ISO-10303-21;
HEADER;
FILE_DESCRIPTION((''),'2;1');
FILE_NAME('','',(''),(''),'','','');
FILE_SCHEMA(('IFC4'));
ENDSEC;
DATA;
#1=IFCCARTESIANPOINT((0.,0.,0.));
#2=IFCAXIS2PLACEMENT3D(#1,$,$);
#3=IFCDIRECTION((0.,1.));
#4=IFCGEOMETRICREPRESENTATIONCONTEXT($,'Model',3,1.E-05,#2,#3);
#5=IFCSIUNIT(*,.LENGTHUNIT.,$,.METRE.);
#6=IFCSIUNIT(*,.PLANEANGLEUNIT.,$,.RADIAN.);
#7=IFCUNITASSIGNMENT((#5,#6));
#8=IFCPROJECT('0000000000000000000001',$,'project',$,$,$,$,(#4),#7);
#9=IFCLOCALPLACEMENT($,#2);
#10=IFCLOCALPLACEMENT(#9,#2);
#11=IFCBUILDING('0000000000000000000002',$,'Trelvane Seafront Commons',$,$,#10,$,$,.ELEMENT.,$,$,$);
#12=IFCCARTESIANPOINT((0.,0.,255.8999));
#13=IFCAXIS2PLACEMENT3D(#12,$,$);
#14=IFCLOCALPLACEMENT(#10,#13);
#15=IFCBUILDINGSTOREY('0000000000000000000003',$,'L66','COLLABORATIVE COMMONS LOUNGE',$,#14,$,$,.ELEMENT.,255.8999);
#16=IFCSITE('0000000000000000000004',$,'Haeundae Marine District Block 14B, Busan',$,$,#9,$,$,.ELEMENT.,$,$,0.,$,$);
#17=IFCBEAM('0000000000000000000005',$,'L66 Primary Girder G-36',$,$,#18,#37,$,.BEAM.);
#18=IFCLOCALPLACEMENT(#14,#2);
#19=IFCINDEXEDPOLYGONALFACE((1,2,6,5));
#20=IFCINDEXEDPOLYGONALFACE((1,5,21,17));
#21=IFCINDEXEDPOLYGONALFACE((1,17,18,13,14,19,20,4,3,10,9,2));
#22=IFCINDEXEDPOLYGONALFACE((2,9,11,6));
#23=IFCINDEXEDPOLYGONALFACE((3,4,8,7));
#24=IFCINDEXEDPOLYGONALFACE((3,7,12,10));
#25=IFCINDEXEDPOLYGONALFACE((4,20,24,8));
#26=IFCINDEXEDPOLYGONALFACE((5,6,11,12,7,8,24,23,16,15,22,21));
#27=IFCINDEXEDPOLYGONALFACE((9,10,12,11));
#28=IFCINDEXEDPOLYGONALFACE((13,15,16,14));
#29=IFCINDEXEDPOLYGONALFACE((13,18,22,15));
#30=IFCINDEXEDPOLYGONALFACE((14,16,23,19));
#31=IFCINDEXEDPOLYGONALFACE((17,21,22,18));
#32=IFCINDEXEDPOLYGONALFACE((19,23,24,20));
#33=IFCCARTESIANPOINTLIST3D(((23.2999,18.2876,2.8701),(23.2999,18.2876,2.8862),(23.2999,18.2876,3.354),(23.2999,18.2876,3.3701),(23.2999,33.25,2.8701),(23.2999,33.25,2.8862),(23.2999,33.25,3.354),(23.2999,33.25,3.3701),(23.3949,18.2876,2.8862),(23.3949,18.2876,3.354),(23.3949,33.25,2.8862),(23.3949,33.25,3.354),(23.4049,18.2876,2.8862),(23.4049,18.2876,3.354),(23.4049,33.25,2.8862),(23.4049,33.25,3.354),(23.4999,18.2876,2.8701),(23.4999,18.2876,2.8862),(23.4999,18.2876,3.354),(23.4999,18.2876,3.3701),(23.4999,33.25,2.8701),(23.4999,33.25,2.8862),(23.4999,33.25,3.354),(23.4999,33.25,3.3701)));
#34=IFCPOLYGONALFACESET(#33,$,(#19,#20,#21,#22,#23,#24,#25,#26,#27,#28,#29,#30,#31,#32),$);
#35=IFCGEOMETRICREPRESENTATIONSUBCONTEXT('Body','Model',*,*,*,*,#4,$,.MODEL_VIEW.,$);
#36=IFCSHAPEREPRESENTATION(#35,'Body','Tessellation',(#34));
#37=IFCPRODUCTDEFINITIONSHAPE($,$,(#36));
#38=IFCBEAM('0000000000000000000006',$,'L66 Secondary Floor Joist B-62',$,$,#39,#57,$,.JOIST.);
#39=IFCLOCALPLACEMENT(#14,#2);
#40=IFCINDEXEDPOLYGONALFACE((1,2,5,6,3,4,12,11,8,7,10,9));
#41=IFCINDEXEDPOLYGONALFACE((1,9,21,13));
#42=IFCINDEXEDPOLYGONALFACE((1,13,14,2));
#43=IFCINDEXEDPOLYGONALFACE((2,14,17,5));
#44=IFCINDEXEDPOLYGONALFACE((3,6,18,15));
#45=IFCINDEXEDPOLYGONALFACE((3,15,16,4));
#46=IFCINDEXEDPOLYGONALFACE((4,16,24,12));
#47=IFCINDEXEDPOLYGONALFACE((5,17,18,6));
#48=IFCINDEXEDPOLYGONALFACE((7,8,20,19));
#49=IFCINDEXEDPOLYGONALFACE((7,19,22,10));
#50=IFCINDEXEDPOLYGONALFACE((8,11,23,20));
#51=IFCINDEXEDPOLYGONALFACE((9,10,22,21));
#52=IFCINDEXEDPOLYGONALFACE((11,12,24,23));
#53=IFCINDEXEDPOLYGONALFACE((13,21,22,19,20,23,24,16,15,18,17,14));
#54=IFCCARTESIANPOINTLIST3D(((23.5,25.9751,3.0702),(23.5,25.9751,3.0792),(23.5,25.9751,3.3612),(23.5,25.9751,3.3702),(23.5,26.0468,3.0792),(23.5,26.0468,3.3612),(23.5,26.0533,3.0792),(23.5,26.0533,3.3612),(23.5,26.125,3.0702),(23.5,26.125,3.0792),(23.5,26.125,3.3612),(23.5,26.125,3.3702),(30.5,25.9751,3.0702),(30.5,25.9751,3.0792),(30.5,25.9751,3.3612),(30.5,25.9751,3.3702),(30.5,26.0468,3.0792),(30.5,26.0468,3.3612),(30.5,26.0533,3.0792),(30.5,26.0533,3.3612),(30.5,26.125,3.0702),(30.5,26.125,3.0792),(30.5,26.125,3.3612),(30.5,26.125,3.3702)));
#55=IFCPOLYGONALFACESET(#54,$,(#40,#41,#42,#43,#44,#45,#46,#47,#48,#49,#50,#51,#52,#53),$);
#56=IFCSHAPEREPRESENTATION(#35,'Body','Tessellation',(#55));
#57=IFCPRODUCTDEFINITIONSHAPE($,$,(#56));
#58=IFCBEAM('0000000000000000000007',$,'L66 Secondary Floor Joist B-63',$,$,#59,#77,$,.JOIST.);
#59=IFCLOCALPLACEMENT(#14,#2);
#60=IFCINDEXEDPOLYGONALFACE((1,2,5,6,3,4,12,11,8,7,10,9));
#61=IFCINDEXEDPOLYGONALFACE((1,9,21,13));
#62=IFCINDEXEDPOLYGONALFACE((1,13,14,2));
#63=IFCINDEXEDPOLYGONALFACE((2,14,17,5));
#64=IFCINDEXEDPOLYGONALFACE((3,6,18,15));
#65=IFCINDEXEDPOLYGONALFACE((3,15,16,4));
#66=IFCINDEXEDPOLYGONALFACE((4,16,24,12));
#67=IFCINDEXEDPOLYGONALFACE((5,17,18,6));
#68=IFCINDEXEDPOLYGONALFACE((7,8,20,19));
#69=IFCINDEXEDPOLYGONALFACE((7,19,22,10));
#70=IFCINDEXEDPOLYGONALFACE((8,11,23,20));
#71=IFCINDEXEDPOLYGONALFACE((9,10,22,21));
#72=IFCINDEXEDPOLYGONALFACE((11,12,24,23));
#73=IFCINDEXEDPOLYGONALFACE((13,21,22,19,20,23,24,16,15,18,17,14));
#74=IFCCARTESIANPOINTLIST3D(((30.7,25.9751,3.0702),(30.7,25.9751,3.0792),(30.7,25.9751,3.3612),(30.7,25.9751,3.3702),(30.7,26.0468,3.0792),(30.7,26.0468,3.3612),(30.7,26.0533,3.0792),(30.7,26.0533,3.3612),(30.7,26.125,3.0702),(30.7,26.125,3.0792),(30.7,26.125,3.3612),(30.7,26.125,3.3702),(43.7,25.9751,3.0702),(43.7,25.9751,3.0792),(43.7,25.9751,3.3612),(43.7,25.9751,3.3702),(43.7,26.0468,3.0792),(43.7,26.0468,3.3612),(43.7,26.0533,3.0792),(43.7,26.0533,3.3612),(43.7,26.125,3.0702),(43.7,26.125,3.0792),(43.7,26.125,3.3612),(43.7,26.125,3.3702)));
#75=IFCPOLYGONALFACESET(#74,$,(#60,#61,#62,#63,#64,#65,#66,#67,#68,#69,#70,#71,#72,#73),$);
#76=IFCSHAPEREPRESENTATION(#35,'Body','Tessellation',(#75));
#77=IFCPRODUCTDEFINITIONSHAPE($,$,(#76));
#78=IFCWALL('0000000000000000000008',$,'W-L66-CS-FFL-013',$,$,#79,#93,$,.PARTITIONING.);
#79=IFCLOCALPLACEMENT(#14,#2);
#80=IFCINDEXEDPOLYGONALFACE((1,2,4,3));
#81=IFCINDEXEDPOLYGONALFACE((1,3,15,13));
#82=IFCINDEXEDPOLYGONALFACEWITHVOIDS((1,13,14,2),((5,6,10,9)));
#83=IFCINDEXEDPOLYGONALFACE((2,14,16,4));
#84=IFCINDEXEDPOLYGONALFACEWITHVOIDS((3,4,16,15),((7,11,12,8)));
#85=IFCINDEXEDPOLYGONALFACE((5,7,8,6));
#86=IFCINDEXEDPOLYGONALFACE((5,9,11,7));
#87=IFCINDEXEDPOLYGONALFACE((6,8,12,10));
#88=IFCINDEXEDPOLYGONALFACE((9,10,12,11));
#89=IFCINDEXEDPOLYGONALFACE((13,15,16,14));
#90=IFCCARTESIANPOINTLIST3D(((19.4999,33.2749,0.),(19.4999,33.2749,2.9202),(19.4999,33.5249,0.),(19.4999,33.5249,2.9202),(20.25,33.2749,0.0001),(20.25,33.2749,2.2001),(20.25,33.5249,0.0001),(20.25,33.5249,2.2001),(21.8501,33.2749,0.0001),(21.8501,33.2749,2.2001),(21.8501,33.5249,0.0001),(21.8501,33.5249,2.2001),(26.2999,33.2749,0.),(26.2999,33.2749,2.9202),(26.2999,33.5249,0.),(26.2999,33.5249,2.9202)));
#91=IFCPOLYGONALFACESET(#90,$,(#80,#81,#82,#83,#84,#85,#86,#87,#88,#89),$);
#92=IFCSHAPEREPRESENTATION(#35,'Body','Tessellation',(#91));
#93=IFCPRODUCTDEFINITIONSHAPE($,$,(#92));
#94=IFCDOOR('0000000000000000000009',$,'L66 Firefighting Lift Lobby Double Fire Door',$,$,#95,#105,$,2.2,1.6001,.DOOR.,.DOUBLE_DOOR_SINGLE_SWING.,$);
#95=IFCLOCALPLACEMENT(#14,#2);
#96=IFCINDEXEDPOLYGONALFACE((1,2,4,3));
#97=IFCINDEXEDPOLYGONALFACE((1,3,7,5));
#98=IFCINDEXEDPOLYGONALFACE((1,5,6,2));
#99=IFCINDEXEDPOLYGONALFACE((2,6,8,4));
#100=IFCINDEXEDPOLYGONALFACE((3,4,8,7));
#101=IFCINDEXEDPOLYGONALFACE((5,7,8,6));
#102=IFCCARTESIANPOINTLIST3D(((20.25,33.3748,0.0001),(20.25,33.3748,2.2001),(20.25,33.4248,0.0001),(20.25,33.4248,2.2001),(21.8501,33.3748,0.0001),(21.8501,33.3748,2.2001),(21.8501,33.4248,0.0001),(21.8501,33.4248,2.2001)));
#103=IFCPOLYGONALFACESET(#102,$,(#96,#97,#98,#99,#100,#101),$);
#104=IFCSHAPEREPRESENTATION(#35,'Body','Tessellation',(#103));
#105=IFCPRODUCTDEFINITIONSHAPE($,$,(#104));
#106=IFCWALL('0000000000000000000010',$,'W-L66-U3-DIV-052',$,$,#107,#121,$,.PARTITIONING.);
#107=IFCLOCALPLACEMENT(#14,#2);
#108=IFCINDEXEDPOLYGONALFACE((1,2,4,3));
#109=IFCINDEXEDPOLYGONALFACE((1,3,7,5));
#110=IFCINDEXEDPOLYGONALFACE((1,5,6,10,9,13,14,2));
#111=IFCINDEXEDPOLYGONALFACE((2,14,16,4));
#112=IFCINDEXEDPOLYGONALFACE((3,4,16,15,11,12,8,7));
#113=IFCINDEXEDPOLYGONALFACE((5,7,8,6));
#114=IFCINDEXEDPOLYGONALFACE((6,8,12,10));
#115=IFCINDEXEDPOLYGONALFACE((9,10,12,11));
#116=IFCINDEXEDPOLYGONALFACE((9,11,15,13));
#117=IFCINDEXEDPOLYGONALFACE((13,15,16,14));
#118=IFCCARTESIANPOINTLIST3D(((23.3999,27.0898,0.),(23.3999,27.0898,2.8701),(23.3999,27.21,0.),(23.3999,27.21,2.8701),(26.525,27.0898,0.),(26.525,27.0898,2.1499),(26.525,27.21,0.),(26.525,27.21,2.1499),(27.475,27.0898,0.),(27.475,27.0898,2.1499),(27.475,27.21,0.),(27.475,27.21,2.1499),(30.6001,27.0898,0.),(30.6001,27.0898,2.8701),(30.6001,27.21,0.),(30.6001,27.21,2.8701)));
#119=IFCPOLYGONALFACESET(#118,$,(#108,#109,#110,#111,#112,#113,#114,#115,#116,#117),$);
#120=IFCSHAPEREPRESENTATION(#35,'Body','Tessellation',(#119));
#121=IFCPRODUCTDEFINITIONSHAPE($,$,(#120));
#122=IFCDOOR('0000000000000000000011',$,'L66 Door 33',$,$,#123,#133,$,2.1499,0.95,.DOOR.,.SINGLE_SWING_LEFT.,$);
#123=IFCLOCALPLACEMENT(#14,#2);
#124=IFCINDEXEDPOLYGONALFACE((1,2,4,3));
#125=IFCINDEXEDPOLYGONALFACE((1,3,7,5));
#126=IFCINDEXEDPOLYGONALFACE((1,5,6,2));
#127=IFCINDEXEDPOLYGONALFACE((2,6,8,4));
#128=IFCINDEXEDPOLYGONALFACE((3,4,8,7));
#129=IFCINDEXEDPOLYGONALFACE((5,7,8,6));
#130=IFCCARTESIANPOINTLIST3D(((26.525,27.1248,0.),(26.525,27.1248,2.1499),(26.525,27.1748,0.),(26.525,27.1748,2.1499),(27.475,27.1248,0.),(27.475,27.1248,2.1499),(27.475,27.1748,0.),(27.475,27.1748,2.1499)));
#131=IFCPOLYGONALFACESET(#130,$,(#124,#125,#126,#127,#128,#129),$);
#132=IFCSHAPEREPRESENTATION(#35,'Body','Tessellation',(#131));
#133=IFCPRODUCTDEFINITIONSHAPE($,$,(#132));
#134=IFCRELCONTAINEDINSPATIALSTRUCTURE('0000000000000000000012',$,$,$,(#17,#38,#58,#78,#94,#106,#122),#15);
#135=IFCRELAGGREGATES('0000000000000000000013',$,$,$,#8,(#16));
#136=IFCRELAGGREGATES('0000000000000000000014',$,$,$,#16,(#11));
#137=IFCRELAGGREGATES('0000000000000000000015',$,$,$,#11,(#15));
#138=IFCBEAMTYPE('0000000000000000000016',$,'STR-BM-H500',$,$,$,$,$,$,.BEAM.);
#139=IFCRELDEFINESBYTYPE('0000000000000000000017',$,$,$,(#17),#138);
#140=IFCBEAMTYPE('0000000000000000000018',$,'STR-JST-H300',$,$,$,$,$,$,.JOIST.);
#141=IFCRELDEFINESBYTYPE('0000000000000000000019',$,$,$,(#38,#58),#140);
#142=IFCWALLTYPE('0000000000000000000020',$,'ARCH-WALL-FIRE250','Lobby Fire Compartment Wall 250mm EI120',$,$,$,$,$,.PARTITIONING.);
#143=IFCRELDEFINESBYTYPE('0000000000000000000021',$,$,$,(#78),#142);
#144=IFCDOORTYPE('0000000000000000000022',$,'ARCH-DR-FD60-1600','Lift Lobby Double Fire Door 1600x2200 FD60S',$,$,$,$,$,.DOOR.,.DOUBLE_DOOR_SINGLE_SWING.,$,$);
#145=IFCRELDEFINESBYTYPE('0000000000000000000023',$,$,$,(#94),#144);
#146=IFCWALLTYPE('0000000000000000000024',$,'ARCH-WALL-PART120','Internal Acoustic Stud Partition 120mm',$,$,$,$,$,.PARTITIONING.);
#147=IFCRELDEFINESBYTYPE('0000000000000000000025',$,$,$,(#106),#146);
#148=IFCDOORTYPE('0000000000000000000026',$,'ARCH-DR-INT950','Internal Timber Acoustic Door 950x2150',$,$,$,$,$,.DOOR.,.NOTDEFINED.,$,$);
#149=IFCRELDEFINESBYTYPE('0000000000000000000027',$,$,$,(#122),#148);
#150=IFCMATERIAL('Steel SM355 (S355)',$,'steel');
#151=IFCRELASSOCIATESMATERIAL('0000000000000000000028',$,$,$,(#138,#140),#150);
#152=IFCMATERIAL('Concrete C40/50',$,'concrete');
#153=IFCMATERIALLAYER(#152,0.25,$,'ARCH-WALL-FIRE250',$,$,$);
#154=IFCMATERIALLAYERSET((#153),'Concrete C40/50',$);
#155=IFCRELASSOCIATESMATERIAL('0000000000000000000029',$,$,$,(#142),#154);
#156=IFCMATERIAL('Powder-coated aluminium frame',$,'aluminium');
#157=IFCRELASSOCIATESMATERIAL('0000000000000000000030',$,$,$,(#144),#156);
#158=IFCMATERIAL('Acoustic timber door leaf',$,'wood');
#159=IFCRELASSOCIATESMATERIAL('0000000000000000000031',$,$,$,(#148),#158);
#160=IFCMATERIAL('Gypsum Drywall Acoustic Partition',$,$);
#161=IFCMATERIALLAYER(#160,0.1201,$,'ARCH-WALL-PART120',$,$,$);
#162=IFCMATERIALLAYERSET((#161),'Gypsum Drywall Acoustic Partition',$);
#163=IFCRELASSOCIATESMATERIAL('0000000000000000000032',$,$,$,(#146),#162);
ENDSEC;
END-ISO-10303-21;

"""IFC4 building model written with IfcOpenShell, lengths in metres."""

from ifc_helpers import new_model, si_unit, direction, frame, frame_2d, origin, origin_2d, place, context, subcontext, project, spatial, rectangle, i_section, extrude, source, transform, mapped, material, layer, layer_set, material_profile, profile_set, type_object, element, fill, save


model = new_model("IFC4")

# Units and contexts
model_context = context("Model", 3, precision=1e-05, world=origin(), true_north=direction((0.0, 1.0)))
body_context = subcontext(model_context, "Body", "Model", "MODEL_VIEW")
ifc_project = project(units=[si_unit("LENGTHUNIT", "METRE"), si_unit("PLANEANGLEUNIT", "RADIAN")], contexts=[model_context])

# Site, building, storey
site_placement = place(None, origin())
site = spatial("IfcSite", under=ifc_project, at=site_placement, Name="Haeundae Marine District Block 14B, Busan", CompositionType="ELEMENT", RefElevation=0.0)
building_placement = place(site_placement, origin())
building = spatial("IfcBuilding", under=site, at=building_placement, Name="Trelvane Seafront Commons", CompositionType="ELEMENT")
storey_placement = place(building_placement, frame((0.0, 0.0, 255.8999)))
storey = spatial("IfcBuildingStorey", under=building, at=storey_placement, Name="L66", Description="COLLABORATIVE COMMONS LOUNGE", CompositionType="ELEMENT", Elevation=255.8999)

# Shared definitions
ifc_material_1 = material(Name="Steel SM355 (S355)", Category="steel")

# Beams
ifc_material_profile_1 = material_profile(ifc_material_1, i_section(OverallWidth=0.2, OverallDepth=0.5, WebThickness=0.01, FlangeThickness=0.0161, at=origin_2d()), Name="H-500x200x10x16")
ifc_profile_set_1 = profile_set([ifc_material_profile_1], Name="Steel SM355 (S355)")
beam_type_1 = type_object("IfcBeamType", Name="STR-BM-H500", PredefinedType="BEAM", material=ifc_profile_set_1)
shared_shape_1 = source(origin(), body_context, "Body", "SweptSolid", [
    extrude(i_section(OverallWidth=0.2, OverallDepth=0.5, WebThickness=0.01, FlangeThickness=0.0161, at=origin_2d()), origin(), (0.0, 0.0, 1.0), 14.9624),
])
beam_1_placement = place(storey_placement, frame((23.3999, 18.2876, 3.1201), z_axis=(0.0, 1.0, 0.0), x_axis=(-1.0, 0.0, 0.0)))
element("IfcBeam", 1, at=beam_1_placement, inside=storey, type_object=beam_type_1, Name="L66 Primary Girder G-36", PredefinedType="BEAM", context=body_context, shape_type="MappedRepresentation", body=[
    mapped(shared_shape_1, transform((0.0, 0.0, 0.0), x_axis=(1.0, 0.0, 0.0), y_axis=(0.0, 1.0, 0.0), z_axis=(0.0, 0.0, 1.0), scale=1.0)),
])
ifc_material_profile_2 = material_profile(ifc_material_1, i_section(OverallWidth=0.1499, OverallDepth=0.3, WebThickness=0.0066, FlangeThickness=0.009, at=origin_2d()), Name="H-300x150x6.5x9")
ifc_profile_set_2 = profile_set([ifc_material_profile_2], Name="Steel SM355 (S355)")
beam_type_2 = type_object("IfcBeamType", Name="STR-JST-H300", PredefinedType="JOIST", material=ifc_profile_set_2)
shared_shape_2 = source(origin(), body_context, "Body", "SweptSolid", [
    extrude(i_section(OverallWidth=0.1499, OverallDepth=0.3, WebThickness=0.0066, FlangeThickness=0.009, at=origin_2d()), origin(), (0.0, 0.0, 1.0), 7.0),
])
beam_2_placement = place(storey_placement, frame((23.5, 26.05, 3.2202), z_axis=(1.0, 0.0, 0.0), x_axis=(0.0, 1.0, 0.0)))
element("IfcBeam", 2, at=beam_2_placement, inside=storey, type_object=beam_type_2, Name="L66 Secondary Floor Joist B-62", PredefinedType="JOIST", context=body_context, shape_type="MappedRepresentation", body=[
    mapped(shared_shape_2, transform((0.0, 0.0, 0.0), x_axis=(1.0, 0.0, 0.0), y_axis=(0.0, 1.0, 0.0), z_axis=(0.0, 0.0, 1.0), scale=1.0)),
])
shared_shape_3 = source(origin(), body_context, "Body", "SweptSolid", [
    extrude(i_section(OverallWidth=0.1499, OverallDepth=0.3, WebThickness=0.0066, FlangeThickness=0.009, at=origin_2d()), origin(), (0.0, 0.0, 1.0), 13.0),
])
beam_3_placement = place(storey_placement, frame((30.7, 26.05, 3.2202), z_axis=(1.0, 0.0, 0.0), x_axis=(0.0, 1.0, 0.0)))
element("IfcBeam", 3, at=beam_3_placement, inside=storey, type_object=beam_type_2, Name="L66 Secondary Floor Joist B-63", PredefinedType="JOIST", context=body_context, shape_type="MappedRepresentation", body=[
    mapped(shared_shape_3, transform((0.0, 0.0, 0.0), x_axis=(1.0, 0.0, 0.0), y_axis=(0.0, 1.0, 0.0), z_axis=(0.0, 0.0, 1.0), scale=1.0)),
])

# Walls, openings, doors
ifc_material_2 = material(Name="Concrete C40/50", Category="concrete")
ifc_layer_1 = layer(ifc_material_2, 0.25, Name="ARCH-WALL-FIRE250")
ifc_layer_set_1 = layer_set([ifc_layer_1], Name="Concrete C40/50")
wall_type_1 = type_object("IfcWallType", Name="ARCH-WALL-FIRE250", Description="Lobby Fire Compartment Wall 250mm EI120", PredefinedType="PARTITIONING", material=ifc_layer_set_1)
wall_1_placement = place(storey_placement, frame((19.5, 33.3999, 0.0), z_axis=(0.0, 0.0, 1.0), x_axis=(1.0, 0.0, 0.0)))
wall_1 = element("IfcWall", 4, at=wall_1_placement, inside=storey, type_object=wall_type_1, Name="W-L66-CS-FFL-013", PredefinedType="PARTITIONING", context=body_context, shape_type="SweptSolid", body=[
    extrude(rectangle(XDim=6.8, YDim=0.25, at=frame_2d((3.3999, 0.0))), origin(), (0.0, 0.0, 1.0), 2.9202),
])
opening_1_placement = place(wall_1_placement, frame((0.75, 0.0, 0.0)))
opening_1 = element("IfcOpeningElement", 5, at=opening_1_placement, cuts=wall_1, PredefinedType="OPENING", context=body_context, shape_type="SweptSolid", body=[
    extrude(rectangle(XDim=1.6001, YDim=2.2, at=frame_2d((0.8, 1.1001))), frame((0.0, 0.135, 0.0), z_axis=(0.0, -1.0, 0.0), x_axis=(1.0, 0.0, 0.0)), (0.0, 0.0, 1.0), 0.27),
])
ifc_material_3 = material(Name="Powder-coated aluminium frame", Category="aluminium")
door_type_1 = type_object("IfcDoorType", Name="ARCH-DR-FD60-1600", Description="Lift Lobby Double Fire Door 1600x2200 FD60S", OperationType="DOUBLE_DOOR_SINGLE_SWING", PredefinedType="DOOR", material=ifc_material_3)
shared_shape_4 = source(origin(), body_context, "Body", "SweptSolid", [
    extrude(rectangle(XDim=1.6001, YDim=2.2, at=frame_2d((0.8, 1.1001))), frame((0.0, 0.0249, 0.0), z_axis=(0.0, -1.0, 0.0), x_axis=(1.0, 0.0, 0.0)), (0.0, 0.0, 1.0), 0.05),
])
door_1_placement = place(opening_1_placement, origin())
door_1 = element("IfcDoor", 6, at=door_1_placement, inside=storey, type_object=door_type_1, Name="L66 Firefighting Lift Lobby Double Fire Door", OperationType="DOUBLE_DOOR_SINGLE_SWING", OverallHeight=2.2, OverallWidth=1.6001, PredefinedType="DOOR", context=body_context, shape_type="MappedRepresentation", body=[
    mapped(shared_shape_4, transform((0.0, 0.0, 0.0), x_axis=(1.0, 0.0, 0.0), y_axis=(0.0, 1.0, 0.0), z_axis=(0.0, 0.0, 1.0), scale=1.0)),
])
fill(opening_1, door_1)
ifc_material_4 = material(Name="Acoustic timber door leaf", Category="wood")
door_type_2 = type_object("IfcDoorType", Name="ARCH-DR-INT950", Description="Internal Timber Acoustic Door 950x2150", OperationType="NOTDEFINED", PredefinedType="DOOR", material=ifc_material_4)
shared_shape_5 = source(origin(), body_context, "Body", "SweptSolid", [
    extrude(rectangle(XDim=0.95, YDim=2.1499, at=frame_2d((0.4751, 1.075))), frame((0.0, 0.0249, 0.0), z_axis=(0.0, -1.0, 0.0), x_axis=(1.0, 0.0, 0.0)), (0.0, 0.0, 1.0), 0.05),
])
ifc_material_5 = material(Name="Gypsum Drywall Acoustic Partition")
ifc_layer_2 = layer(ifc_material_5, 0.1201, Name="ARCH-WALL-PART120")
ifc_layer_set_2 = layer_set([ifc_layer_2], Name="Gypsum Drywall Acoustic Partition")
wall_type_2 = type_object("IfcWallType", Name="ARCH-WALL-PART120", Description="Internal Acoustic Stud Partition 120mm", PredefinedType="PARTITIONING", material=ifc_layer_set_2)
wall_2_placement = place(storey_placement, frame((23.3999, 27.1499, 0.0), z_axis=(0.0, 0.0, 1.0), x_axis=(1.0, 0.0, 0.0)))
wall_2 = element("IfcWall", 7, at=wall_2_placement, inside=storey, type_object=wall_type_2, Name="W-L66-U3-DIV-052", PredefinedType="PARTITIONING", context=body_context, shape_type="SweptSolid", body=[
    extrude(rectangle(XDim=7.2002, YDim=0.1201, at=frame_2d((3.6001, 0.0))), origin(), (0.0, 0.0, 1.0), 2.8701),
])
opening_2_placement = place(wall_2_placement, frame((3.125, 0.0, 0.0)))
opening_2 = element("IfcOpeningElement", 8, at=opening_2_placement, cuts=wall_2, PredefinedType="OPENING", context=body_context, shape_type="SweptSolid", body=[
    extrude(rectangle(XDim=0.95, YDim=2.1499, at=frame_2d((0.4751, 1.075))), frame((0.0, 0.0701, 0.0), z_axis=(0.0, -1.0, 0.0), x_axis=(1.0, 0.0, 0.0)), (0.0, 0.0, 1.0), 0.1401),
])
door_2_placement = place(opening_2_placement, origin())
door_2 = element("IfcDoor", 9, at=door_2_placement, inside=storey, type_object=door_type_2, Name="L66 Door 33", OperationType="SINGLE_SWING_LEFT", OverallHeight=2.1499, OverallWidth=0.95, PredefinedType="DOOR", context=body_context, shape_type="MappedRepresentation", body=[
    mapped(shared_shape_5, transform((0.0, 0.0, 0.0), x_axis=(1.0, 0.0, 0.0), y_axis=(0.0, 1.0, 0.0), z_axis=(0.0, 0.0, 1.0), scale=1.0)),
])
fill(opening_2, door_2)

save(model, "model.ifc")
